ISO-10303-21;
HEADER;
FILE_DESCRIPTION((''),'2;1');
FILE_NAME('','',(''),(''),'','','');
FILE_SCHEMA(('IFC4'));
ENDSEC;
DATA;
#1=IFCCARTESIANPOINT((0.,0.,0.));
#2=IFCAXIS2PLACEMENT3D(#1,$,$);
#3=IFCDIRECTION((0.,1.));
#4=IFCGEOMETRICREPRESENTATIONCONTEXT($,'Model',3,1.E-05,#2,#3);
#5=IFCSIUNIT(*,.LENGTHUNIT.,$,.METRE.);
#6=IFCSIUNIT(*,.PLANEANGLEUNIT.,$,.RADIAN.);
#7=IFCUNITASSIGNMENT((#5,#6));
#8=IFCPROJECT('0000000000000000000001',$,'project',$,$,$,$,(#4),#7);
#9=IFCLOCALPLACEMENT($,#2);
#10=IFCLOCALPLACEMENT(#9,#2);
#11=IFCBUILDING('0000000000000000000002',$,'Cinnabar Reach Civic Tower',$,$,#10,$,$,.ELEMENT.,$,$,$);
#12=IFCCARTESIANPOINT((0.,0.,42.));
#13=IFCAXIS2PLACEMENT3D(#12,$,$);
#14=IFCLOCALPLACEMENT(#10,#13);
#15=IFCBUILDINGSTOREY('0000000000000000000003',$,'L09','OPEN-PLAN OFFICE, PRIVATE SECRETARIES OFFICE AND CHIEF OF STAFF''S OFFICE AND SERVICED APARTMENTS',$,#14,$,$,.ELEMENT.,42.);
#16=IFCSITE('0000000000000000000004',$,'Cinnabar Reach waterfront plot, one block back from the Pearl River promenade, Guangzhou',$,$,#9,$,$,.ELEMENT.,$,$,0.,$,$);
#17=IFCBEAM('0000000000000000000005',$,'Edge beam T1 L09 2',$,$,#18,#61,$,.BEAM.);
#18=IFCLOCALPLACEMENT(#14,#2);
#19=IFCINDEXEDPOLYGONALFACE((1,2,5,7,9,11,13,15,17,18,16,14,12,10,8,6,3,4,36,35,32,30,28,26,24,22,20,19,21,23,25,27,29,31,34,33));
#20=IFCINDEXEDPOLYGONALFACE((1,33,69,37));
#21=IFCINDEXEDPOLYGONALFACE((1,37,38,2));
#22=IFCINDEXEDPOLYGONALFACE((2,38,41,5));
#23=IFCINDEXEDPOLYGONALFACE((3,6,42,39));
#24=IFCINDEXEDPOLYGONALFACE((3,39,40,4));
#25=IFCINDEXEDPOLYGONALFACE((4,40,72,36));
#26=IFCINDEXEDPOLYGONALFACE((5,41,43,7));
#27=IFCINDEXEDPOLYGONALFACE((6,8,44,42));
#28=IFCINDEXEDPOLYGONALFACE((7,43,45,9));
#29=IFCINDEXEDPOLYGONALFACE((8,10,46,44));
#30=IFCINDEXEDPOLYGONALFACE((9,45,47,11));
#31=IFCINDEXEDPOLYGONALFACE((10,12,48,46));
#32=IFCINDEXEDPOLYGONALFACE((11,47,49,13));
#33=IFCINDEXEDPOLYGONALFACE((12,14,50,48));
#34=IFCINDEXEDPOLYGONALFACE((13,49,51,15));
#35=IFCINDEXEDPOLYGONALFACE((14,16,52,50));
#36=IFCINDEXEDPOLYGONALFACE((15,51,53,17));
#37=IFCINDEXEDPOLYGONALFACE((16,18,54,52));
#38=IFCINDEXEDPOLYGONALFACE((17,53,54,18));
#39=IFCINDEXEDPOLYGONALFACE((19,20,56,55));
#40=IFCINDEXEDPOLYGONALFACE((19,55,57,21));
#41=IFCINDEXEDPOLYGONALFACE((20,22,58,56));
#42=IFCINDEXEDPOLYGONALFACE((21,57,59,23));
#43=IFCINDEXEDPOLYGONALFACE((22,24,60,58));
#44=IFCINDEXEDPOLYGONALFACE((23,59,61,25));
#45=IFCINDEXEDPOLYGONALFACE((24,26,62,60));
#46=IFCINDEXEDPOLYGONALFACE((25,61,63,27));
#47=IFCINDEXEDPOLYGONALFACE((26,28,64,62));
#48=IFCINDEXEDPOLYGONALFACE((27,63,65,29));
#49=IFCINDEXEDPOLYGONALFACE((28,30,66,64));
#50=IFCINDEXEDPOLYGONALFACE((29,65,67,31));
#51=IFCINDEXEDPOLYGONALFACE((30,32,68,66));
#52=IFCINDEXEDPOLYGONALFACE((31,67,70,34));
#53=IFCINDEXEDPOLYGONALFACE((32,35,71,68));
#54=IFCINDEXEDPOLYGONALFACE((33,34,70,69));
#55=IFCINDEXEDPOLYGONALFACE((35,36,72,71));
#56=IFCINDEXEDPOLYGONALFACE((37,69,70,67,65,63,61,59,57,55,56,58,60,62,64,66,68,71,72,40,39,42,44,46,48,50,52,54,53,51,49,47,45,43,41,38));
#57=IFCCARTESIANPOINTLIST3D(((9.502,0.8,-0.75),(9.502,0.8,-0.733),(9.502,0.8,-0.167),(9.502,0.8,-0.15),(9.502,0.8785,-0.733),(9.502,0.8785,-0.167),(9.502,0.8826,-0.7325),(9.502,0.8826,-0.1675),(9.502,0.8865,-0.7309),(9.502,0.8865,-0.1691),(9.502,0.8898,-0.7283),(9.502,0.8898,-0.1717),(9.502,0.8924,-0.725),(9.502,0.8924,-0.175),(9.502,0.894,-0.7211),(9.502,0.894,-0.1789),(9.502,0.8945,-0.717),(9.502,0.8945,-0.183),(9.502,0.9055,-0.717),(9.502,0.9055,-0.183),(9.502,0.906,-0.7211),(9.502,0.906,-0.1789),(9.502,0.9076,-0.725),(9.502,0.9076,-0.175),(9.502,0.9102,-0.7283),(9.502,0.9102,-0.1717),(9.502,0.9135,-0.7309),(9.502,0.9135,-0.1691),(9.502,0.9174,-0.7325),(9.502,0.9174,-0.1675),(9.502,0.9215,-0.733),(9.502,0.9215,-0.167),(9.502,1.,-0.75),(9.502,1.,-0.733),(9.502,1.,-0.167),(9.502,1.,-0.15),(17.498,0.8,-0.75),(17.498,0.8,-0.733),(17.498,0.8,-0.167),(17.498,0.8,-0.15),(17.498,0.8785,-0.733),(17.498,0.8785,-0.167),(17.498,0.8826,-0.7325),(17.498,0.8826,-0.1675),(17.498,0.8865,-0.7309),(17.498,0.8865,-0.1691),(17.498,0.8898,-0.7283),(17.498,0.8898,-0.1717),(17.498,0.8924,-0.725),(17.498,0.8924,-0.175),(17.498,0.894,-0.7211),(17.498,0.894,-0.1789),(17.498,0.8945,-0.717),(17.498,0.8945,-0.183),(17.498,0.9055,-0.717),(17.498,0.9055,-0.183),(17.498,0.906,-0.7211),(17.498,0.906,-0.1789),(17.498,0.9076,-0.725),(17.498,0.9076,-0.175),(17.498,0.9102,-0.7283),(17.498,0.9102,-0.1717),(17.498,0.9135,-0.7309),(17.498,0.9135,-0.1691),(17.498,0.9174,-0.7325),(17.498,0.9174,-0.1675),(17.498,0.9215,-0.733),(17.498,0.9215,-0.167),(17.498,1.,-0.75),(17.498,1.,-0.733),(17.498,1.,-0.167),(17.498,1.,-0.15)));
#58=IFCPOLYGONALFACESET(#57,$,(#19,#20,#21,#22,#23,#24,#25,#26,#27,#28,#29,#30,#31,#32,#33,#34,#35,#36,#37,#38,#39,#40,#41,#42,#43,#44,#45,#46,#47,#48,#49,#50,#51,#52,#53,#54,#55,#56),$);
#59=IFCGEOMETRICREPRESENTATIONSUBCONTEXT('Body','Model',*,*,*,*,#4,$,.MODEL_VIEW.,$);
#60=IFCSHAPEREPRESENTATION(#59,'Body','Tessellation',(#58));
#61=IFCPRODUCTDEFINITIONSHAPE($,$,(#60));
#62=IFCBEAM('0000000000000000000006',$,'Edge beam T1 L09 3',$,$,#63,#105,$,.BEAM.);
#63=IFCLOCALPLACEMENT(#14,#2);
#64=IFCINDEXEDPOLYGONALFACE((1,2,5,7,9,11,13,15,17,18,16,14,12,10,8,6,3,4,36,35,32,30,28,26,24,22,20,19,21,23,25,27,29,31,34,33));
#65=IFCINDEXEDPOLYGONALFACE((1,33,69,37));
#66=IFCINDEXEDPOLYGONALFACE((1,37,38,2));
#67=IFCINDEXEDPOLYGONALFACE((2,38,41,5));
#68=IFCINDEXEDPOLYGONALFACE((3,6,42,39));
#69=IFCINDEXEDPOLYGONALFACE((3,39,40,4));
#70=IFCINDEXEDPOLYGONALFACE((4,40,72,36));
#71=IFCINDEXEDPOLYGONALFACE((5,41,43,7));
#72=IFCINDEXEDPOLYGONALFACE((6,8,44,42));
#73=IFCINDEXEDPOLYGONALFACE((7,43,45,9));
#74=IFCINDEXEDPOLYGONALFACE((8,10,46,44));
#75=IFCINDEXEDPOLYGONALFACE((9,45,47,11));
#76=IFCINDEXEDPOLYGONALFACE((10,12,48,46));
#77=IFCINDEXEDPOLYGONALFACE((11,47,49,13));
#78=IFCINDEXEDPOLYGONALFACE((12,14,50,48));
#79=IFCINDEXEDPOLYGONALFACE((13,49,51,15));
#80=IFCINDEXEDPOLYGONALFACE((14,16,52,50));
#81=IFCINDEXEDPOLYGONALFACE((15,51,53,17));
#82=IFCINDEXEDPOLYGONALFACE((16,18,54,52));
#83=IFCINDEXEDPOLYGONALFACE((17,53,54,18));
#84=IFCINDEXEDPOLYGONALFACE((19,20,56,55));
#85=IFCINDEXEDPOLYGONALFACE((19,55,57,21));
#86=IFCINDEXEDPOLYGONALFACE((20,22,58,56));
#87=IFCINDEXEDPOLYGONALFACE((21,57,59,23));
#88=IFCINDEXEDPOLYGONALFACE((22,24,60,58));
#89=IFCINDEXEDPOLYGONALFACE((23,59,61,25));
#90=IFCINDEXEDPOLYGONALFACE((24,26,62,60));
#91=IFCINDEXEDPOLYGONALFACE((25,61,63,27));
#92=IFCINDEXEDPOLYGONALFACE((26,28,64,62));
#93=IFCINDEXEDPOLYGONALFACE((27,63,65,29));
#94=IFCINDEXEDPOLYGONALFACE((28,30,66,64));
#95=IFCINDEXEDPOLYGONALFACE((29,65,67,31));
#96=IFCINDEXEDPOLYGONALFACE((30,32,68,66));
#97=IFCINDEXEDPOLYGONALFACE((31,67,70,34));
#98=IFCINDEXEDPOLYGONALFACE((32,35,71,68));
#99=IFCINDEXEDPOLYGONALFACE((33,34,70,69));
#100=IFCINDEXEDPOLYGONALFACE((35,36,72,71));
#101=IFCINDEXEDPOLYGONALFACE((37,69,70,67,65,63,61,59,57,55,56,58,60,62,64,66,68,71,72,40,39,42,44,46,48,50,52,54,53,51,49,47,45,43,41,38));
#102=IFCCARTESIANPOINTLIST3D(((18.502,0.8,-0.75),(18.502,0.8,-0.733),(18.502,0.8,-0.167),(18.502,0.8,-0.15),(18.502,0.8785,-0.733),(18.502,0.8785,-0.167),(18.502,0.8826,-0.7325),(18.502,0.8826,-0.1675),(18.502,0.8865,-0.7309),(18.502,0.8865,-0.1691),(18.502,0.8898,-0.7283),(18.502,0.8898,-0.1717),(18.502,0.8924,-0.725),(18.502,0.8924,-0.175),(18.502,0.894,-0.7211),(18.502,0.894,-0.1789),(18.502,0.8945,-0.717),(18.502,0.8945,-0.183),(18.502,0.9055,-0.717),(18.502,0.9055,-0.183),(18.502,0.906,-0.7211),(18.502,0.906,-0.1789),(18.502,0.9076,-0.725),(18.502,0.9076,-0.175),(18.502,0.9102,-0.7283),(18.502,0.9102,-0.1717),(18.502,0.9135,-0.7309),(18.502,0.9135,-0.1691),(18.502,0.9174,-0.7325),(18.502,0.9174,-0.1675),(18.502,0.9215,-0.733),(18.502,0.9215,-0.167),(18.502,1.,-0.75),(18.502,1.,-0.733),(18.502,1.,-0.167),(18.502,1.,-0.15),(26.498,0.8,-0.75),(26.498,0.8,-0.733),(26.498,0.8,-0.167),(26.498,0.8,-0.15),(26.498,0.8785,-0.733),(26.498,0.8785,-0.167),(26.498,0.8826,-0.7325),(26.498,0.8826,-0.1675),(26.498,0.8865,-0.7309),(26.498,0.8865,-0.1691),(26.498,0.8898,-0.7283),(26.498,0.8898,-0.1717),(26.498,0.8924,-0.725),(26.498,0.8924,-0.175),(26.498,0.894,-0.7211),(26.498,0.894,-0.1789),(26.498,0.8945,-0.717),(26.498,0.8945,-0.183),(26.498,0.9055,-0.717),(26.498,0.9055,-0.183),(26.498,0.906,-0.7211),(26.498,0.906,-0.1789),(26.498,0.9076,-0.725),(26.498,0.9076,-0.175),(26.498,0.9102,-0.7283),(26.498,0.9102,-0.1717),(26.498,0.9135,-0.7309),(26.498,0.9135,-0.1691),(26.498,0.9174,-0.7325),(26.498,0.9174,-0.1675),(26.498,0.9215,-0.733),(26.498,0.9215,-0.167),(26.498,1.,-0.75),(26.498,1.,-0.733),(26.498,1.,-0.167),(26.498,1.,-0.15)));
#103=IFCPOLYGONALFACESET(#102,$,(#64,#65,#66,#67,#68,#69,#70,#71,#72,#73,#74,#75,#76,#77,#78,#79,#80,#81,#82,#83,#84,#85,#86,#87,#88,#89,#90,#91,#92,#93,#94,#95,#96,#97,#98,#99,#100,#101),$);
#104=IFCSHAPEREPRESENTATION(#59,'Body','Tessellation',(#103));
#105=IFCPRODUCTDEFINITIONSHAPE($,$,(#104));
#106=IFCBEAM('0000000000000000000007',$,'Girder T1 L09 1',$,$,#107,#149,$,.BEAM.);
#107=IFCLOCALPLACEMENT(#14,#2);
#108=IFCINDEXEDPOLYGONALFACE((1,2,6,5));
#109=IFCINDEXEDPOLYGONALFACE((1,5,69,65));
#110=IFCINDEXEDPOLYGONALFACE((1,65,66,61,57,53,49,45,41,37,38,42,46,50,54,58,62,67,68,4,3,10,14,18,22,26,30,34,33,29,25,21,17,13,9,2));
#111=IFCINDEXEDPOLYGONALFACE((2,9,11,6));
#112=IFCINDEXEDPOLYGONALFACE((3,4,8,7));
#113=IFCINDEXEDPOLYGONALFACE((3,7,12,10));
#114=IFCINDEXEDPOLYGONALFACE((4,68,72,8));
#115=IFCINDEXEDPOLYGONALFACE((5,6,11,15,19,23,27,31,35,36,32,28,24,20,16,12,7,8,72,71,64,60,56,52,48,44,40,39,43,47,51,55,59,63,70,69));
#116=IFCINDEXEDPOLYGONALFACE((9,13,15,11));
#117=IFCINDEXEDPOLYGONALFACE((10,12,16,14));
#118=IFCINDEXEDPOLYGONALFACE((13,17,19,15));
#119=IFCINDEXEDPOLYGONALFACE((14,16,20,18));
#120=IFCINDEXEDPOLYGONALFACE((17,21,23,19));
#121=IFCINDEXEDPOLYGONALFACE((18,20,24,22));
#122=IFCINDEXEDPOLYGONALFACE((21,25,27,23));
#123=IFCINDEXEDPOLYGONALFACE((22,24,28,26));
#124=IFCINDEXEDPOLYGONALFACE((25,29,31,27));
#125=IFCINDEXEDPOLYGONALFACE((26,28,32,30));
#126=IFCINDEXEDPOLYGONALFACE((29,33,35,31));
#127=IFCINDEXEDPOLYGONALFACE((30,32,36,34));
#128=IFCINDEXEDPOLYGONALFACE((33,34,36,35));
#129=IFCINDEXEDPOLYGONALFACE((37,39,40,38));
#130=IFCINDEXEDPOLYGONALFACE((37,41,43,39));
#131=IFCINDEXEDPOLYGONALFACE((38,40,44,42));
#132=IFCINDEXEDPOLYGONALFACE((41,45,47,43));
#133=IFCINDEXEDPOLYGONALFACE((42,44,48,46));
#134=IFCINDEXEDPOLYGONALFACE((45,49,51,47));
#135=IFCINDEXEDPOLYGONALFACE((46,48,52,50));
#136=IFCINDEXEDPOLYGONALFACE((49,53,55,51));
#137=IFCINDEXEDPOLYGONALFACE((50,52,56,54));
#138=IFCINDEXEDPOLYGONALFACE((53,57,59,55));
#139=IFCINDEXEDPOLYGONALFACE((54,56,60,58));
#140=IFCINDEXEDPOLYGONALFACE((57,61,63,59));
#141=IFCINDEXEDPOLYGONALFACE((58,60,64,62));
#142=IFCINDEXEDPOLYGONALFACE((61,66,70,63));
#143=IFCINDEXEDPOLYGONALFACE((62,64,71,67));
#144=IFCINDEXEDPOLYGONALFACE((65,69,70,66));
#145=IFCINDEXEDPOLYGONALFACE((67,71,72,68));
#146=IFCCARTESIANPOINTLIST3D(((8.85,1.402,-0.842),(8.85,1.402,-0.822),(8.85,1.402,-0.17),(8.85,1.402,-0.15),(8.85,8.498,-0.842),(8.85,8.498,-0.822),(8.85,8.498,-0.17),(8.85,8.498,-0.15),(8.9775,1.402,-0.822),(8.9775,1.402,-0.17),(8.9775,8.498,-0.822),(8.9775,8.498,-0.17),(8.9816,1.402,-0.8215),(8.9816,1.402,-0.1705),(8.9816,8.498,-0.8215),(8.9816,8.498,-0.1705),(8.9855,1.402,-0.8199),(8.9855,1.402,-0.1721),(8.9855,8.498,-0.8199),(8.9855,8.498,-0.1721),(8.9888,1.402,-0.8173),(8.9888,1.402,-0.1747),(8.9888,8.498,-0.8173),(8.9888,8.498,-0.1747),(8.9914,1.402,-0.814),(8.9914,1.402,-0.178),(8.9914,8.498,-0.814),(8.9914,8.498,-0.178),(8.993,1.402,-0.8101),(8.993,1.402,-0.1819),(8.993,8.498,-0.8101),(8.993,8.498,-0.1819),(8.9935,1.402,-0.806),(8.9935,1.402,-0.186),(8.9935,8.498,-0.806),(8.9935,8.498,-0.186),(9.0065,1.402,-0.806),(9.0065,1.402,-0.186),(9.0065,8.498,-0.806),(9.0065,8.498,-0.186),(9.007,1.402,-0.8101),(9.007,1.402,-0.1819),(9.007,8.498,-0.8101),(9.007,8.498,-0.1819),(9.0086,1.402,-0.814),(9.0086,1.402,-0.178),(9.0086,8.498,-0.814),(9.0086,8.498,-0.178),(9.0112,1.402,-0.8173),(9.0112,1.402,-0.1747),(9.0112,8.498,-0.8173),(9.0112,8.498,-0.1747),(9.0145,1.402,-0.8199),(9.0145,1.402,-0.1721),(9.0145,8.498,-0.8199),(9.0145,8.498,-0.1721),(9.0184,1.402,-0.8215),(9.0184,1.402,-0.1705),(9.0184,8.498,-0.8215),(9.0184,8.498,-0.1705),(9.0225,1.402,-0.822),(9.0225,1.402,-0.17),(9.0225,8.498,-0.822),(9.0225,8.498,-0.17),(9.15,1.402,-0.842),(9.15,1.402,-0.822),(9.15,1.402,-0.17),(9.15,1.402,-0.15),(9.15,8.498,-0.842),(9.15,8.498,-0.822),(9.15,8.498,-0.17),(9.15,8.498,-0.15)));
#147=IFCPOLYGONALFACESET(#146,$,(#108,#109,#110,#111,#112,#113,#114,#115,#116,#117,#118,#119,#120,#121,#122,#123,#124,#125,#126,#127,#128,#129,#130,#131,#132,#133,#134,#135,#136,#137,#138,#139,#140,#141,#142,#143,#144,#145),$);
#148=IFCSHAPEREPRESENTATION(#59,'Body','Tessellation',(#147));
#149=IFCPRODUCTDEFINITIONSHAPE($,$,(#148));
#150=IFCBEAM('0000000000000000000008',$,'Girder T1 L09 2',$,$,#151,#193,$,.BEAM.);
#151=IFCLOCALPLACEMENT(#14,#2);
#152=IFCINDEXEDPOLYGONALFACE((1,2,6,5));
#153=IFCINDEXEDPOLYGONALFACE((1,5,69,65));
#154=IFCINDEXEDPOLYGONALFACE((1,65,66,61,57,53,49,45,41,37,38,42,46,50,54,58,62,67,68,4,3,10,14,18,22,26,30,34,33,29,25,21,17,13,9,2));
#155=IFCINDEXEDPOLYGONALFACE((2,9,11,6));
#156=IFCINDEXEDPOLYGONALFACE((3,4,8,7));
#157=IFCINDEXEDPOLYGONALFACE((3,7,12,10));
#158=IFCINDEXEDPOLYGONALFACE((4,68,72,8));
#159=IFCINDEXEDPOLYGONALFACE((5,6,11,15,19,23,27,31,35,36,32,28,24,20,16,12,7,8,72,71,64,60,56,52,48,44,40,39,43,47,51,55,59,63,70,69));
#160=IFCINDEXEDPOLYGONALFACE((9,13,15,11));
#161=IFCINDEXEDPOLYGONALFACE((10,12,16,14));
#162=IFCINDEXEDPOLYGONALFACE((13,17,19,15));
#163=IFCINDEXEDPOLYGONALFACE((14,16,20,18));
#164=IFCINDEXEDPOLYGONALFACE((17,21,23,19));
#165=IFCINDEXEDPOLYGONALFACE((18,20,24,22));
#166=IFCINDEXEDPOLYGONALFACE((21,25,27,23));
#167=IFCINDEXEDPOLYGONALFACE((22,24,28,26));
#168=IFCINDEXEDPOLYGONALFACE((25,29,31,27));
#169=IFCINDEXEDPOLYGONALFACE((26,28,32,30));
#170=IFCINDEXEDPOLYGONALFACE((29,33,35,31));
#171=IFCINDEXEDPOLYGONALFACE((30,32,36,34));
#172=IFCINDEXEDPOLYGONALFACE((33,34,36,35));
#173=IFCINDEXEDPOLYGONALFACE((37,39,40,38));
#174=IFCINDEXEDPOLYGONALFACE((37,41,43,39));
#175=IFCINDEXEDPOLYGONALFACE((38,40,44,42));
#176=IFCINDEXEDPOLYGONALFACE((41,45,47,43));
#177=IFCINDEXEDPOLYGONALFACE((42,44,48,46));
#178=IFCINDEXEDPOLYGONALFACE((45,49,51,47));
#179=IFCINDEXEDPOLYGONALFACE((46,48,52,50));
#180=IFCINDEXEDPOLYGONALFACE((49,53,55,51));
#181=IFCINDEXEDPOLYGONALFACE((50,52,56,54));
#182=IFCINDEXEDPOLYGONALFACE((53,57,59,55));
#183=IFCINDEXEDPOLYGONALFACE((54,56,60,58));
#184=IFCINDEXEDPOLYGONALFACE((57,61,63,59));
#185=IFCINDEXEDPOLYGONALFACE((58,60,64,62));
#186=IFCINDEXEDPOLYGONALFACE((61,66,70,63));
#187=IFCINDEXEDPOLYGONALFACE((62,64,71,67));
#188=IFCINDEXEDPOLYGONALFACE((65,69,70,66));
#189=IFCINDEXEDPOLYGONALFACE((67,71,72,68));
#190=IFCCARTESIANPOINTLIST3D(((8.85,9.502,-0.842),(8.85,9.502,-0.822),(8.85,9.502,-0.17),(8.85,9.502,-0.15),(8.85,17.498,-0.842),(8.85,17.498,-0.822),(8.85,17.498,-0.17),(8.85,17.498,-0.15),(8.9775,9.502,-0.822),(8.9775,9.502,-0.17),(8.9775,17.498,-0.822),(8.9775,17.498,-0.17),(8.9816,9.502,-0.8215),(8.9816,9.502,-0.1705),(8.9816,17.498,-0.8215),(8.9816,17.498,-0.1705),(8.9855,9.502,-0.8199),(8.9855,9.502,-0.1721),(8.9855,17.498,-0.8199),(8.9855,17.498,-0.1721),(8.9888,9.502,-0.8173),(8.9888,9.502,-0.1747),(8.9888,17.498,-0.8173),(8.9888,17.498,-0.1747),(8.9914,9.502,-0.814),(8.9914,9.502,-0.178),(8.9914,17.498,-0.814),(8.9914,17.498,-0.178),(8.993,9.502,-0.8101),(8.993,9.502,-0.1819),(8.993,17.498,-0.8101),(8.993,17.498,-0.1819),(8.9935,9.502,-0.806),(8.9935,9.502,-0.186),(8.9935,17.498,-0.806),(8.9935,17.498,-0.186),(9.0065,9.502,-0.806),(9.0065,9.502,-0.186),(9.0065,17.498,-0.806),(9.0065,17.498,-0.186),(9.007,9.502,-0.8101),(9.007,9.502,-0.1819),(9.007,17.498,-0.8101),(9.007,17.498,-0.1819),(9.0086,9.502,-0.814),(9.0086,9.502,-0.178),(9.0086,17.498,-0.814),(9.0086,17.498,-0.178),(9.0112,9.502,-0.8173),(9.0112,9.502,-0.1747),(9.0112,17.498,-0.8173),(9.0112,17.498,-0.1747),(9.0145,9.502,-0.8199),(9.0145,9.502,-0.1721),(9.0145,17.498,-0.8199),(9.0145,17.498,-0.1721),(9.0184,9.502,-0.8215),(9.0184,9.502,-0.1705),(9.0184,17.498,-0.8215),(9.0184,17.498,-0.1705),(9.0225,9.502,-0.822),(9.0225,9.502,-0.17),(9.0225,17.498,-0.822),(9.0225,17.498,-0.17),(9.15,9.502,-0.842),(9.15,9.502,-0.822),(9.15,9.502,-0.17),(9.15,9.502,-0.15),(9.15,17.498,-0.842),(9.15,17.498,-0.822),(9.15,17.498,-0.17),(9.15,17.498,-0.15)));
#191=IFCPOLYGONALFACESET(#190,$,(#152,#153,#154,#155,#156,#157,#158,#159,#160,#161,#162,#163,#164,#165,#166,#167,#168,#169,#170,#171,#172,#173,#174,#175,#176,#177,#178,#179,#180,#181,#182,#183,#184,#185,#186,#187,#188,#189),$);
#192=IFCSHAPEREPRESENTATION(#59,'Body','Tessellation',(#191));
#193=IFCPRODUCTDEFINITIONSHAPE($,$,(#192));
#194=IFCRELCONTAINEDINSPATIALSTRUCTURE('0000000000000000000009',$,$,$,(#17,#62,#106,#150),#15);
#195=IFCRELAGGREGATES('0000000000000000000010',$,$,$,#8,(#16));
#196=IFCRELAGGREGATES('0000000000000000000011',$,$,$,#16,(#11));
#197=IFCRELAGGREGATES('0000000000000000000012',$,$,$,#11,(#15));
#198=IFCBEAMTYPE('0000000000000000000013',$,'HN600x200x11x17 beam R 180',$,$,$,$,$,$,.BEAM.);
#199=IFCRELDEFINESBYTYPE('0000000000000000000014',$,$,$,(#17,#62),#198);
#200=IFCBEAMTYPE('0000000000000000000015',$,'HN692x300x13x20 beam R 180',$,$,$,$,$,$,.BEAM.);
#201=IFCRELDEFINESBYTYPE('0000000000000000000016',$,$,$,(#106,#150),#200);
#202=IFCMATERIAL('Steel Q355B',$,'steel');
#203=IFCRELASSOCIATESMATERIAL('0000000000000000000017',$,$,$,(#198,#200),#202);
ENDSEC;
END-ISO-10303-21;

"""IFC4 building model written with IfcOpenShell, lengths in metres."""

from ifc_helpers import new_model, si_unit, direction, frame, origin, origin_2d, place, context, subcontext, project, spatial, i_section, extrude, material, material_profile, profile_set, type_object, element, save


model = new_model("IFC4")

# Units and contexts
model_context = context("Model", 3, precision=1e-05, world=origin(), true_north=direction((0.0, 1.0)))
body_context = subcontext(model_context, "Body", "Model", "MODEL_VIEW")
ifc_project = project(units=[si_unit("LENGTHUNIT", "METRE"), si_unit("PLANEANGLEUNIT", "RADIAN")], contexts=[model_context])

# Site, building, storey
site_placement = place(None, origin())
site = spatial("IfcSite", under=ifc_project, at=site_placement, Name="Cinnabar Reach waterfront plot, one block back from the Pearl River promenade, Guangzhou", CompositionType="ELEMENT", RefElevation=0.0)
building_placement = place(site_placement, origin())
building = spatial("IfcBuilding", under=site, at=building_placement, Name="Cinnabar Reach Civic Tower", CompositionType="ELEMENT")
storey_placement = place(building_placement, frame((0.0, 0.0, 42.0)))
storey = spatial("IfcBuildingStorey", under=building, at=storey_placement, Name="L09", Description="OPEN-PLAN OFFICE, PRIVATE SECRETARIES OFFICE AND CHIEF OF STAFF'S OFFICE AND SERVICED APARTMENTS", CompositionType="ELEMENT", Elevation=42.0)

# Beams
ifc_material_1 = material(Name="Steel Q355B", Category="steel")
ifc_material_profile_1 = material_profile(ifc_material_1, i_section(OverallWidth=0.2, OverallDepth=0.6, WebThickness=0.011, FlangeThickness=0.017, FilletRadius=0.016, at=origin_2d()), Name="HN600x200x11x17")
ifc_profile_set_1 = profile_set([ifc_material_profile_1], Name="Steel Q355B")
beam_type_1 = type_object("IfcBeamType", Name="HN600x200x11x17 beam R 180", PredefinedType="BEAM", material=ifc_profile_set_1)
for number, where, z_axis, x_axis, name in (
    (1, (9.502, 0.9, -0.45), (1.0, 0.0, 0.0), (0.0, 1.0, 0.0), "Edge beam T1 L09 2"),
    (2, (18.502, 0.9, -0.45), (1.0, 0.0, 0.0), (0.0, 1.0, 0.0), "Edge beam T1 L09 3"),
):
    element("IfcBeam", number, at=place(storey_placement, frame(where, z_axis=z_axis, x_axis=x_axis)), inside=storey, type_object=beam_type_1, Name=name, PredefinedType="BEAM", context=body_context, shape_type="SweptSolid", body=[
        extrude(i_section(OverallWidth=0.2, OverallDepth=0.6, WebThickness=0.011, FlangeThickness=0.017, FilletRadius=0.016, at=origin_2d()), origin(), (0.0, 0.0, 1.0), 7.996),
    ])
ifc_material_profile_2 = material_profile(ifc_material_1, i_section(OverallWidth=0.3, OverallDepth=0.692, WebThickness=0.013, FlangeThickness=0.02, FilletRadius=0.016, at=origin_2d()), Name="HN692x300x13x20")
ifc_profile_set_2 = profile_set([ifc_material_profile_2], Name="Steel Q355B")
beam_type_2 = type_object("IfcBeamType", Name="HN692x300x13x20 beam R 180", PredefinedType="BEAM", material=ifc_profile_set_2)
beam_1_placement = place(storey_placement, frame((9.0, 1.402, -0.496), z_axis=(0.0, 1.0, 0.0), x_axis=(-1.0, 0.0, 0.0)))
element("IfcBeam", 3, at=beam_1_placement, inside=storey, type_object=beam_type_2, Name="Girder T1 L09 1", PredefinedType="BEAM", context=body_context, shape_type="SweptSolid", body=[
    extrude(i_section(OverallWidth=0.3, OverallDepth=0.692, WebThickness=0.013, FlangeThickness=0.02, FilletRadius=0.016, at=origin_2d()), origin(), (0.0, 0.0, 1.0), 7.096),
])
beam_2_placement = place(storey_placement, frame((9.0, 9.502, -0.496), z_axis=(0.0, 1.0, 0.0), x_axis=(-1.0, 0.0, 0.0)))
element("IfcBeam", 4, at=beam_2_placement, inside=storey, type_object=beam_type_2, Name="Girder T1 L09 2", PredefinedType="BEAM", context=body_context, shape_type="SweptSolid", body=[
    extrude(i_section(OverallWidth=0.3, OverallDepth=0.692, WebThickness=0.013, FlangeThickness=0.02, FilletRadius=0.016, at=origin_2d()), origin(), (0.0, 0.0, 1.0), 7.996),
])

save(model, "model.ifc")
